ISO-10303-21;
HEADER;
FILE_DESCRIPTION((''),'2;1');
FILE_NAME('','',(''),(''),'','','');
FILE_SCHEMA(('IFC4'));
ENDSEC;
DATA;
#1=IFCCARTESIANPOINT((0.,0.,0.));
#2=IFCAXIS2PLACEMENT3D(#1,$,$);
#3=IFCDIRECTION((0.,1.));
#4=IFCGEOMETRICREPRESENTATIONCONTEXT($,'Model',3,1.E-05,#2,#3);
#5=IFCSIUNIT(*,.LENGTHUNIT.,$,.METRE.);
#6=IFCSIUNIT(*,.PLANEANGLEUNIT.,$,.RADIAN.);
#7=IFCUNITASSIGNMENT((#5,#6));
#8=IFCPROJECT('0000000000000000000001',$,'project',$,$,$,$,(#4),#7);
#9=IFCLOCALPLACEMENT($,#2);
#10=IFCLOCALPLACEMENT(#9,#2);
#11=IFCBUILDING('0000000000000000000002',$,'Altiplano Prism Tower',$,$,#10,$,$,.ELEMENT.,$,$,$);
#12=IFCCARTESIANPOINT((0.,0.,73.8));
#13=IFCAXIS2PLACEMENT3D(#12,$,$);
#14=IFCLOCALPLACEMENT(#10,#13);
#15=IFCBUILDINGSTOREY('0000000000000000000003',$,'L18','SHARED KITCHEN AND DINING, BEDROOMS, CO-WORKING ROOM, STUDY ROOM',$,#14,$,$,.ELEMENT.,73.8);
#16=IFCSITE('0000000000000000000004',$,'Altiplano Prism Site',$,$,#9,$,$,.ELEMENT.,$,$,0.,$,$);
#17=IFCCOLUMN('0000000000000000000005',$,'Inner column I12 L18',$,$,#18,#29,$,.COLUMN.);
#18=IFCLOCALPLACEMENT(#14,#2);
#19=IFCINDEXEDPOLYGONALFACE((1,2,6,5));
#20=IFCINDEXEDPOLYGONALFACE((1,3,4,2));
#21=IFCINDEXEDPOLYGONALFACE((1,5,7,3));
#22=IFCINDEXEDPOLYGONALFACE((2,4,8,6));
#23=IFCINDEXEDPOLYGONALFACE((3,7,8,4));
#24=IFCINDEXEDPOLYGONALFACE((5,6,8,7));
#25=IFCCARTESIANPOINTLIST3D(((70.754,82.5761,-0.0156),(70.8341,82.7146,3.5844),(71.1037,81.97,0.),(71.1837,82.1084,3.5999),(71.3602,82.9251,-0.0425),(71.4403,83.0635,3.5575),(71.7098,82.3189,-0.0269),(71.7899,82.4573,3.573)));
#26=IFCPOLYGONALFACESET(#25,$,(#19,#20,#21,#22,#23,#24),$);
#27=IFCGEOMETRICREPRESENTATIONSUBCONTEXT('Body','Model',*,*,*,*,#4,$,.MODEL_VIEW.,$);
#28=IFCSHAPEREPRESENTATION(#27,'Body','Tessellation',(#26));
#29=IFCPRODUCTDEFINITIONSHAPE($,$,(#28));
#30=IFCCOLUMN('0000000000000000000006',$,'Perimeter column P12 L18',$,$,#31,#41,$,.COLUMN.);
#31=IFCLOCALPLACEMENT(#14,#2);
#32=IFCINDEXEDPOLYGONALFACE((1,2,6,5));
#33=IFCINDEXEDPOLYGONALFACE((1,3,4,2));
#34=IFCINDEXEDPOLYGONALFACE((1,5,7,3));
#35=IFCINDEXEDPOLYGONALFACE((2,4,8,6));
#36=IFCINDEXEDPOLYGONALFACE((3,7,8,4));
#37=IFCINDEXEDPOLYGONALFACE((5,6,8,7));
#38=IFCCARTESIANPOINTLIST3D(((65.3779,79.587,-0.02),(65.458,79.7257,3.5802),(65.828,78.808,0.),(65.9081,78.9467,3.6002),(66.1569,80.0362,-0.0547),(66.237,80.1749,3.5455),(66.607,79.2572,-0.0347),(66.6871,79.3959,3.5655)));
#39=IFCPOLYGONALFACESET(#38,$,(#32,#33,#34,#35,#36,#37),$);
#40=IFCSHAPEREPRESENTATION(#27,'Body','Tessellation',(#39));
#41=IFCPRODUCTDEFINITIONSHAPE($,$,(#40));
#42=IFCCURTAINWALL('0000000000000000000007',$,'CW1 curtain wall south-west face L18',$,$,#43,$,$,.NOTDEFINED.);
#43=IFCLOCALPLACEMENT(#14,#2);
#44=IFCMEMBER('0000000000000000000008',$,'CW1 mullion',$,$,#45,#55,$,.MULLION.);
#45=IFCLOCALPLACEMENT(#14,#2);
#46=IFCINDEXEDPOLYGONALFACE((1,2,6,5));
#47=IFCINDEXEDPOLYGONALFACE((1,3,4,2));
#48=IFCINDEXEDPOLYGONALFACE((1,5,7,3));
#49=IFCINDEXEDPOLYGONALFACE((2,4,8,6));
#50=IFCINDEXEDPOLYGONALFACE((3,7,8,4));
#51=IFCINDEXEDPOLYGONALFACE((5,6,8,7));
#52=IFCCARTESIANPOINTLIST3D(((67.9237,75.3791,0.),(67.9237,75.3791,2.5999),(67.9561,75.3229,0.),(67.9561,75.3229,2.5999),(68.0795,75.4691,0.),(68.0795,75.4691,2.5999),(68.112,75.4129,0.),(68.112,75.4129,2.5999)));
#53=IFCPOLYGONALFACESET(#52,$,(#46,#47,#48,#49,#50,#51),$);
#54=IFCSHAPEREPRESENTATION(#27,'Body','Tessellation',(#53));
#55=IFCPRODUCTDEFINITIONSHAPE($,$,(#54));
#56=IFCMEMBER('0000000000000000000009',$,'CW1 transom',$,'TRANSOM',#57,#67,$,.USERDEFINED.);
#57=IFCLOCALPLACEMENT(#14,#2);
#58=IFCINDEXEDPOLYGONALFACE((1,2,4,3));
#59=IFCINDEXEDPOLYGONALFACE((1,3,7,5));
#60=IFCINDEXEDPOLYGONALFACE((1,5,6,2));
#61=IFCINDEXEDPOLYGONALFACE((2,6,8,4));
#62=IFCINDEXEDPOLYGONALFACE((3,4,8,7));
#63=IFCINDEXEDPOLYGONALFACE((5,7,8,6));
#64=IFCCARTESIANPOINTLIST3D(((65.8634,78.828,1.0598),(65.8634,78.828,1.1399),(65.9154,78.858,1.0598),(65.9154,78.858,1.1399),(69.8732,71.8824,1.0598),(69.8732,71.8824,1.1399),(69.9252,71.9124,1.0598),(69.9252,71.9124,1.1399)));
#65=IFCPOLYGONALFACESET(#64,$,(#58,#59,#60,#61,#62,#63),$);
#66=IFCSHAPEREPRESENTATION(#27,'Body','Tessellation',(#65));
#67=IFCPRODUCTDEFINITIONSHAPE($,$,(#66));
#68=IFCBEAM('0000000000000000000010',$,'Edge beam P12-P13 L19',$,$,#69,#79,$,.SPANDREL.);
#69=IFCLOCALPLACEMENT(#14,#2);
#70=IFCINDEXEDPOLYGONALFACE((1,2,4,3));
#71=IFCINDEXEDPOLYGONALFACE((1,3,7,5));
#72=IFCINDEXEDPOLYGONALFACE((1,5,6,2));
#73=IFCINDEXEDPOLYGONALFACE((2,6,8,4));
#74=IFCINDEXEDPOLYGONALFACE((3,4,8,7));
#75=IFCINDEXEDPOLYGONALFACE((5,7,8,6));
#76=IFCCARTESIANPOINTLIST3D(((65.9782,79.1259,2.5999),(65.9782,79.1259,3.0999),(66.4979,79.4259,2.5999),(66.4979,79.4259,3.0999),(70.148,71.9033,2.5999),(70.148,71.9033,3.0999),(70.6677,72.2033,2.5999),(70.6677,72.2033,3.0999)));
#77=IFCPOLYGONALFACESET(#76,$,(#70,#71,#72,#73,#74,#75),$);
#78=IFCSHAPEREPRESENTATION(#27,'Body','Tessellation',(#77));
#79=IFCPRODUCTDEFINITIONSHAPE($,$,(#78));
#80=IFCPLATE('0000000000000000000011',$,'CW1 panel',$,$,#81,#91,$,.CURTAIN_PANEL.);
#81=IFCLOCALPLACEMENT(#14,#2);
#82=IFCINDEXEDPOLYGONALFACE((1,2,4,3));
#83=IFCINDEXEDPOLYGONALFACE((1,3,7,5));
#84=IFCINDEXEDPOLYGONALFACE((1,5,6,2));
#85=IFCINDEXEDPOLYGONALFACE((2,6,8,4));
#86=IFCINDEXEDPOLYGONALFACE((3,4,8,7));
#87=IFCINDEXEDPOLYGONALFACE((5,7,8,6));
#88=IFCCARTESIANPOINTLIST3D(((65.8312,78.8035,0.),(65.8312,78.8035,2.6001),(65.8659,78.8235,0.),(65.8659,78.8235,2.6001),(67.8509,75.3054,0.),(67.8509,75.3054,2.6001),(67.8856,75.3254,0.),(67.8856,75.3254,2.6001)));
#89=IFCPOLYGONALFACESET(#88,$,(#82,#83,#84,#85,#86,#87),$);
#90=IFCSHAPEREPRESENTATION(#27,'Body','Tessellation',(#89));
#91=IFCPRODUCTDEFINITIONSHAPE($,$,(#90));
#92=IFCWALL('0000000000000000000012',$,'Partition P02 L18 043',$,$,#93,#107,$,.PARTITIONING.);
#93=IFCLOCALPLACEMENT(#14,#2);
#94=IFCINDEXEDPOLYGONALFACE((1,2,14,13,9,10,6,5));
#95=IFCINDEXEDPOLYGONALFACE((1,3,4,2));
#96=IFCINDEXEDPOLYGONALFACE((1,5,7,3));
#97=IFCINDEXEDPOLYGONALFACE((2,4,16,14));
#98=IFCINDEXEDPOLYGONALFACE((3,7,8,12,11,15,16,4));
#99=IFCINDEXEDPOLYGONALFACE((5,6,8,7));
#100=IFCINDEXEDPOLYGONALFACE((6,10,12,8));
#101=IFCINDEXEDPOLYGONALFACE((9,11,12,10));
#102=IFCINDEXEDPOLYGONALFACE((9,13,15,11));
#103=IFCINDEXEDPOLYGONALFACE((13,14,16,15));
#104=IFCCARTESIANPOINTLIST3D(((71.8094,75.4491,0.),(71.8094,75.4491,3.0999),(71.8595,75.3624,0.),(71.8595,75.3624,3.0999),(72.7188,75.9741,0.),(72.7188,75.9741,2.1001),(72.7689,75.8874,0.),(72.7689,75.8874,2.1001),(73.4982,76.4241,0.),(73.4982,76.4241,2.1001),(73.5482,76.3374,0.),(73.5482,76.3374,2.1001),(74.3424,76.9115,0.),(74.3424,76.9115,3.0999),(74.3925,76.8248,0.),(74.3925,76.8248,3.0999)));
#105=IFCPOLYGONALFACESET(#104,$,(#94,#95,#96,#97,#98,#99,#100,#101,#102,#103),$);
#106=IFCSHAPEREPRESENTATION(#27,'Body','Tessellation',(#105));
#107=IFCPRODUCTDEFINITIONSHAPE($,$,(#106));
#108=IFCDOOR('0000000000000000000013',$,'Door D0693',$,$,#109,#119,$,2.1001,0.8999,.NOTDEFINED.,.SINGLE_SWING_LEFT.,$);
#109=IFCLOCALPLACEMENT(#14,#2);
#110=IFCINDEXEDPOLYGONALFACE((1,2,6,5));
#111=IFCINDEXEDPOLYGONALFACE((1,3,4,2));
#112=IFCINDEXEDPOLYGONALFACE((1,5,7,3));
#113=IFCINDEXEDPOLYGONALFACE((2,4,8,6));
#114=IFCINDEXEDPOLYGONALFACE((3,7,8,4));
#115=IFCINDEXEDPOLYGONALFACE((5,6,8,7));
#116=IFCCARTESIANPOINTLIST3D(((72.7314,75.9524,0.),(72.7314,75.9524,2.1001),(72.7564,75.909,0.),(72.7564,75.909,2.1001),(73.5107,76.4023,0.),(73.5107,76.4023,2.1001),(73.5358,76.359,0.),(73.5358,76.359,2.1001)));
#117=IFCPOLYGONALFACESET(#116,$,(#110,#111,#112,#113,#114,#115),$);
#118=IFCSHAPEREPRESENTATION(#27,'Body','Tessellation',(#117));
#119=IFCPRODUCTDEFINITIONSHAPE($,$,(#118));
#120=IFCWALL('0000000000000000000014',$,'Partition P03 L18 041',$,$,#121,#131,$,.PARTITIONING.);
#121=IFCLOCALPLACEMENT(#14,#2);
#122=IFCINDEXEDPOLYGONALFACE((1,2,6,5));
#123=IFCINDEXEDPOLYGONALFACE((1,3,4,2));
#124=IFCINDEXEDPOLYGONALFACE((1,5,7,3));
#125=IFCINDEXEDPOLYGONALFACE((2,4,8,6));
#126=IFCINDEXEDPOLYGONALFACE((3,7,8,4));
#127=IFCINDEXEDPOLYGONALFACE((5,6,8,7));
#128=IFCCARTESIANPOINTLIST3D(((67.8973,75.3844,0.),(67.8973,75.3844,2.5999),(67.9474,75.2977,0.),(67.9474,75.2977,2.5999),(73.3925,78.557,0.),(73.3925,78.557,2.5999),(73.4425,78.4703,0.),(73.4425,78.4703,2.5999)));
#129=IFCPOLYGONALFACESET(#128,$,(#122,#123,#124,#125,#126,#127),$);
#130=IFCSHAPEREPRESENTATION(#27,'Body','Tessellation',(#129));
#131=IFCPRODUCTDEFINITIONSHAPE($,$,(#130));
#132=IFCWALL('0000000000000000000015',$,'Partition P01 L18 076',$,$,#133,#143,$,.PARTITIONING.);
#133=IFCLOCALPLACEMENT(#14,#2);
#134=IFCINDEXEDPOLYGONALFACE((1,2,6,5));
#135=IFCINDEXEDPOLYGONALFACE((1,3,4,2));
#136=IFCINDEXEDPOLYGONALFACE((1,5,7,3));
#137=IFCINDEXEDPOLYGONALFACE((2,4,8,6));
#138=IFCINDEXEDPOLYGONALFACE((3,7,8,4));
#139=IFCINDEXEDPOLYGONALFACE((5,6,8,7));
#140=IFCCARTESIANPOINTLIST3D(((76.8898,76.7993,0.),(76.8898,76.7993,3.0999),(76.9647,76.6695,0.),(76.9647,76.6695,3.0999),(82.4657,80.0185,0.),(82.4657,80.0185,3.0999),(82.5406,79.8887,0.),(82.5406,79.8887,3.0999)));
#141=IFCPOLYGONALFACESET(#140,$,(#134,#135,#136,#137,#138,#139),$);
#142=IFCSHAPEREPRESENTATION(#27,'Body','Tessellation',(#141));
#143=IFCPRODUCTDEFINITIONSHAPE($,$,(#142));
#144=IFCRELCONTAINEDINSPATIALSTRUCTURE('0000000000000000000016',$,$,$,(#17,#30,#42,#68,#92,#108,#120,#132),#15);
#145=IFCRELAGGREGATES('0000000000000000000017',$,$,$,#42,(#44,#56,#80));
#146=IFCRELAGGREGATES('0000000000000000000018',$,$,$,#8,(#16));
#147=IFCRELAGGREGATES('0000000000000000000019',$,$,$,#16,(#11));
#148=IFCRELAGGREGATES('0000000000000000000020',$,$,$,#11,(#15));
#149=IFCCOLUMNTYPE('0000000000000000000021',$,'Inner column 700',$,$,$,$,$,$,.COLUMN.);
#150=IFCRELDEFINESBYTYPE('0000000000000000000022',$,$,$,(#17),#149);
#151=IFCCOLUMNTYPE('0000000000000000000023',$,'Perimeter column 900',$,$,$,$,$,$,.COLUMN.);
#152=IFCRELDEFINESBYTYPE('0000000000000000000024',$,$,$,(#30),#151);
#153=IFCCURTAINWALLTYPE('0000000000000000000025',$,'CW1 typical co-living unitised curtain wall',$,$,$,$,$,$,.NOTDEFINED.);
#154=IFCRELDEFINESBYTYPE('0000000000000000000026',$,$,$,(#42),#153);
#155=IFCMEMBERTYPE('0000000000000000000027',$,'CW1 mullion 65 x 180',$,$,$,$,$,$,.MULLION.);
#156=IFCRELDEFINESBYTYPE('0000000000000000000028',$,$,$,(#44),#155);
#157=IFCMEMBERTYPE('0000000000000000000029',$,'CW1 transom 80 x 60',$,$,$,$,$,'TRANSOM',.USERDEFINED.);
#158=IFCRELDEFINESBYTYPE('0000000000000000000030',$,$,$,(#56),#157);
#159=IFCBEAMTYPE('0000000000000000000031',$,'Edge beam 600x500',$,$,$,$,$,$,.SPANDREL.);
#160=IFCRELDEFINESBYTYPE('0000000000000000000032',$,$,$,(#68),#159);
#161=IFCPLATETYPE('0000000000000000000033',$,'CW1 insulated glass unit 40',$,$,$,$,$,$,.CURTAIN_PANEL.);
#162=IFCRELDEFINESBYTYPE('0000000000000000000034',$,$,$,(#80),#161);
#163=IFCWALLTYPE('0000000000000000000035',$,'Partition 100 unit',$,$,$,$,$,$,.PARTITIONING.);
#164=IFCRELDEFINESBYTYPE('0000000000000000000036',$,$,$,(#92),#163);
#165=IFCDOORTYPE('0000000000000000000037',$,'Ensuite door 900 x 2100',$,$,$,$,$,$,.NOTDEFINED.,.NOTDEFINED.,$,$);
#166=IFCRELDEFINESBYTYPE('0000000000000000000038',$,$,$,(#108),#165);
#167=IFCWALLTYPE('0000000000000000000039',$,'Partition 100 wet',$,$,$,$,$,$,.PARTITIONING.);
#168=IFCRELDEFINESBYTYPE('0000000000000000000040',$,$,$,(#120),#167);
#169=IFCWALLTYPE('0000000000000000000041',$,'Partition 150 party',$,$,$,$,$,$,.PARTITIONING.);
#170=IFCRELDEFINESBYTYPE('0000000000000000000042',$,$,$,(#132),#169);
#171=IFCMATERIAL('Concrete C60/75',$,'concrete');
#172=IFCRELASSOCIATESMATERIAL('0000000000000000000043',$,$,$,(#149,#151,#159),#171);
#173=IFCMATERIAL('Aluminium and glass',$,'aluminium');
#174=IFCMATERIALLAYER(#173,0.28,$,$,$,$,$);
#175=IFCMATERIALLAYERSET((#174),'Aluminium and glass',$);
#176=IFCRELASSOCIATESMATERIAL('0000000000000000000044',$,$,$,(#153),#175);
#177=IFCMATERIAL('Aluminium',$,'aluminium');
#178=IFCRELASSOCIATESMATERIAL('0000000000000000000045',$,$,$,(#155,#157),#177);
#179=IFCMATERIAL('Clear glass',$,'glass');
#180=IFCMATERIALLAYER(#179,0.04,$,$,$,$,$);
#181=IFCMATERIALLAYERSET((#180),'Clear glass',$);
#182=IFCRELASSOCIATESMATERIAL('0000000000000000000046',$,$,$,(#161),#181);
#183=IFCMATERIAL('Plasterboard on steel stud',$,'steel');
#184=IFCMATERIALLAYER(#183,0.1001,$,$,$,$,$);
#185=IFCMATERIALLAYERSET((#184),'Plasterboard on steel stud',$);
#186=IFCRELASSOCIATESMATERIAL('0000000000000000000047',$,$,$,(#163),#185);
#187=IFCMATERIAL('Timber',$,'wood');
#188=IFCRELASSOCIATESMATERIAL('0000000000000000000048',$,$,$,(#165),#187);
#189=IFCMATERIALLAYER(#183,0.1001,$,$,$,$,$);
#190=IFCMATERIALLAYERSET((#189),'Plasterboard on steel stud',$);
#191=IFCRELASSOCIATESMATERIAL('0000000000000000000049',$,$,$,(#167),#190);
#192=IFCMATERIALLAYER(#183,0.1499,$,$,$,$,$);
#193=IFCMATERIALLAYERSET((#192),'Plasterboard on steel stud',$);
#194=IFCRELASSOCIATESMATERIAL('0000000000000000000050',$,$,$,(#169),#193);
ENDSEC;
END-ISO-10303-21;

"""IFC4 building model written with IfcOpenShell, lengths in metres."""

from ifc_helpers import new_model, si_unit, direction, frame, frame_2d, origin, origin_2d, place, context, subcontext, project, spatial, rectangle, extrude, material, layer, layer_set, material_profile, profile_set, type_object, element, fill, aggregate, save


model = new_model("IFC4")

# Units and contexts
model_context = context("Model", 3, precision=1e-05, world=origin(), true_north=direction((0.0, 1.0)))
body_context = subcontext(model_context, "Body", "Model", "MODEL_VIEW")
ifc_project = project(units=[si_unit("LENGTHUNIT", "METRE"), si_unit("PLANEANGLEUNIT", "RADIAN")], contexts=[model_context])

# Site, building, storey
site_placement = place(None, origin())
site = spatial("IfcSite", under=ifc_project, at=site_placement, Name="Altiplano Prism Site", CompositionType="ELEMENT", RefElevation=0.0)
building_placement = place(site_placement, origin())
building = spatial("IfcBuilding", under=site, at=building_placement, Name="Altiplano Prism Tower", CompositionType="ELEMENT")
storey_placement = place(building_placement, frame((0.0, 0.0, 73.8)))
storey = spatial("IfcBuildingStorey", under=building, at=storey_placement, Name="L18", Description="SHARED KITCHEN AND DINING, BEDROOMS, CO-WORKING ROOM, STUDY ROOM", CompositionType="ELEMENT", Elevation=73.8)

# Columns
ifc_material_1 = material(Name="Concrete C60/75", Category="concrete")
ifc_material_profile_1 = material_profile(ifc_material_1, rectangle(XDim=0.7, YDim=0.7, at=origin_2d()), Name="Inner column 700")
ifc_profile_set_1 = profile_set([ifc_material_profile_1], Name="Concrete C60/75")
column_type_1 = type_object("IfcColumnType", Name="Inner column 700", PredefinedType="COLUMN", material=ifc_profile_set_1)
column_1_placement = place(storey_placement, frame((71.2319, 82.4475, -0.0212), z_axis=(0.022223, 0.038416, 0.999015), x_axis=(-0.866021, -0.498528, 0.038435)))
element("IfcColumn", 1, at=column_1_placement, inside=storey, type_object=column_type_1, Name="Inner column I12 L18", PredefinedType="COLUMN", context=body_context, shape_type="SweptSolid", body=[
    extrude(rectangle(XDim=0.7, YDim=0.7, at=origin_2d()), origin(), (0.0, 0.0, 1.0), 3.6035),
])
ifc_material_profile_2 = material_profile(ifc_material_1, rectangle(XDim=0.8999, YDim=0.8999, at=origin_2d()), Name="Perimeter column 900")
ifc_profile_set_2 = profile_set([ifc_material_profile_2], Name="Concrete C60/75")
column_type_2 = type_object("IfcColumnType", Name="Perimeter column 900", PredefinedType="COLUMN", material=ifc_profile_set_2)
column_2_placement = place(storey_placement, frame((65.9924, 79.4221, -0.0273), z_axis=(0.022221, 0.038481, 0.999012), x_axis=(-0.865639, -0.499187, 0.038483)))
element("IfcColumn", 2, at=column_2_placement, inside=storey, type_object=column_type_2, Name="Perimeter column P12 L18", PredefinedType="COLUMN", context=body_context, shape_type="SweptSolid", body=[
    extrude(rectangle(XDim=0.8999, YDim=0.8999, at=origin_2d()), origin(), (0.0, 0.0, 1.0), 3.6038),
])

# Curtain wall, members
ifc_material_2 = material(Name="Aluminium and glass", Category="aluminium")
ifc_layer_1 = layer(ifc_material_2, 0.28)
ifc_layer_set_1 = layer_set([ifc_layer_1], Name="Aluminium and glass")
curtain_wall_type = type_object("IfcCurtainWallType", Name="CW1 typical co-living unitised curtain wall", PredefinedType="NOTDEFINED", material=ifc_layer_set_1)
curtain_wall_placement = place(storey_placement, origin())
curtain_wall = element("IfcCurtainWall", 3, at=curtain_wall_placement, inside=storey, type_object=curtain_wall_type, Name="CW1 curtain wall south-west face L18", PredefinedType="NOTDEFINED")
ifc_material_3 = material(Name="Aluminium", Category="aluminium")
ifc_material_profile_3 = material_profile(ifc_material_3, rectangle(XDim=0.1799, YDim=0.0649, at=origin_2d()), Name="CW1 mullion 65 x 180")
ifc_profile_set_3 = profile_set([ifc_material_profile_3], Name="Aluminium")
member_type_1 = type_object("IfcMemberType", Name="CW1 mullion 65 x 180", PredefinedType="MULLION", material=ifc_profile_set_3)
member_1_placement = place(storey_placement, frame((68.0178, 75.396, 0.0), z_axis=(0.0, 0.0, 1.0), x_axis=(0.866025, 0.5, 0.0)))
member_1 = element("IfcMember", 4, at=member_1_placement, type_object=member_type_1, Name="CW1 mullion", PredefinedType="MULLION", context=body_context, shape_type="SweptSolid", body=[
    extrude(rectangle(XDim=0.1799, YDim=0.0649, at=origin_2d()), origin(), (0.0, 0.0, 1.0), 2.5999),
])
ifc_material_profile_4 = material_profile(ifc_material_3, rectangle(XDim=0.0601, YDim=0.0801, at=origin_2d()), Name="CW1 transom 80 x 60")
ifc_profile_set_4 = profile_set([ifc_material_profile_4], Name="Aluminium")
member_type_2 = type_object("IfcMemberType", Name="CW1 transom 80 x 60", ElementType="TRANSOM", PredefinedType="USERDEFINED", material=ifc_profile_set_4)
member_2_placement = place(storey_placement, frame((65.8894, 78.843, 1.0999), z_axis=(0.499976, -0.866039, 0.0), x_axis=(0.866039, 0.499976, 0.0)))
member_2 = element("IfcMember", 5, at=member_2_placement, type_object=member_type_2, Name="CW1 transom", ObjectType="TRANSOM", PredefinedType="USERDEFINED", context=body_context, shape_type="SweptSolid", body=[
    extrude(rectangle(XDim=0.0601, YDim=0.0801, at=origin_2d()), origin(), (0.0, 0.0, 1.0), 8.02),
])

# Beam
ifc_material_profile_5 = material_profile(ifc_material_1, rectangle(XDim=0.6001, YDim=0.5, at=origin_2d()), Name="Edge beam 600x500")
ifc_profile_set_5 = profile_set([ifc_material_profile_5], Name="Concrete C60/75")
beam_type = type_object("IfcBeamType", Name="Edge beam 600x500", PredefinedType="SPANDREL", material=ifc_profile_set_5)
beam_placement = place(storey_placement, frame((66.238, 79.2759, 2.8499), z_axis=(0.499993, -0.86603, 0.0), x_axis=(0.86603, 0.499993, 0.0)))
element("IfcBeam", 6, at=beam_placement, inside=storey, type_object=beam_type, Name="Edge beam P12-P13 L19", PredefinedType="SPANDREL", context=body_context, shape_type="SweptSolid", body=[
    extrude(rectangle(XDim=0.6001, YDim=0.5, at=origin_2d()), origin(), (0.0, 0.0, 1.0), 8.3398),
])

# Plate
ifc_material_4 = material(Name="Clear glass", Category="glass")
ifc_layer_2 = layer(ifc_material_4, 0.04)
ifc_layer_set_2 = layer_set([ifc_layer_2], Name="Clear glass")
plate_type = type_object("IfcPlateType", Name="CW1 insulated glass unit 40", PredefinedType="CURTAIN_PANEL", material=ifc_layer_set_2)
plate_placement = place(storey_placement, frame((66.8584, 77.0645, 0.0), z_axis=(0.0, 0.0, 1.0), x_axis=(0.5, -0.866025, 0.0)))
plate = element("IfcPlate", 7, at=plate_placement, type_object=plate_type, Name="CW1 panel", PredefinedType="CURTAIN_PANEL", context=body_context, shape_type="SweptSolid", body=[
    extrude(rectangle(XDim=4.0393, YDim=0.04, at=origin_2d()), origin(), (0.0, 0.0, 1.0), 2.6001),
])
aggregate(curtain_wall, [member_1, member_2, plate])

# Wall, opening, door
ifc_material_5 = material(Name="Plasterboard on steel stud", Category="steel")
ifc_layer_3 = layer(ifc_material_5, 0.1001)
ifc_layer_set_3 = layer_set([ifc_layer_3], Name="Plasterboard on steel stud")
wall_type_1 = type_object("IfcWallType", Name="Partition 100 unit", PredefinedType="PARTITIONING", material=ifc_layer_set_3)
wall_1_placement = place(storey_placement, frame((71.8345, 75.4058, 0.0), z_axis=(0.0, 0.0, 1.0), x_axis=(0.866026, 0.499999, 0.0)))
wall_1 = element("IfcWall", 8, at=wall_1_placement, inside=storey, type_object=wall_type_1, Name="Partition P02 L18 043", PredefinedType="PARTITIONING", context=body_context, shape_type="SweptSolid", body=[
    extrude(rectangle(XDim=2.9248, YDim=0.1001, at=frame_2d((1.4624, 0.0))), origin(), (0.0, 0.0, 1.0), 3.0999),
])
opening_placement = place(wall_1_placement, frame((1.05, 0.0, 0.0)))
opening = element("IfcOpeningElement", 9, at=opening_placement, cuts=wall_1, PredefinedType="OPENING", context=body_context, shape_type="SweptSolid", body=[
    extrude(rectangle(XDim=0.8999, YDim=2.1001, at=frame_2d((0.45, 1.05))), frame((0.0, 0.0605, 0.0), z_axis=(0.0, -1.0, 0.0), x_axis=(1.0, 0.0, 0.0)), (0.0, 0.0, 1.0), 0.1211),
])
ifc_material_6 = material(Name="Timber", Category="wood")
door_type = type_object("IfcDoorType", Name="Ensuite door 900 x 2100", OperationType="NOTDEFINED", PredefinedType="NOTDEFINED", material=ifc_material_6)
door_placement = place(opening_placement, origin())
door = element("IfcDoor", 10, at=door_placement, inside=storey, type_object=door_type, Name="Door D0693", OperationType="SINGLE_SWING_LEFT", OverallHeight=2.1001, OverallWidth=0.8999, PredefinedType="NOTDEFINED", context=body_context, shape_type="SweptSolid", body=[
    extrude(rectangle(XDim=0.8999, YDim=2.1001, at=frame_2d((0.45, 1.05))), frame((0.0, 0.0249, 0.0), z_axis=(0.0, -1.0, 0.0), x_axis=(1.0, 0.0, 0.0)), (0.0, 0.0, 1.0), 0.05),
])
fill(opening, door)

# Walls
ifc_layer_4 = layer(ifc_material_5, 0.1001)
ifc_layer_set_4 = layer_set([ifc_layer_4], Name="Plasterboard on steel stud")
wall_type_2 = type_object("IfcWallType", Name="Partition 100 wet", PredefinedType="PARTITIONING", material=ifc_layer_set_4)
wall_2_placement = place(storey_placement, frame((67.9224, 75.3411, 0.0), z_axis=(0.0, 0.0, 1.0), x_axis=(0.866025, 0.5, 0.0)))
element("IfcWall", 11, at=wall_2_placement, inside=storey, type_object=wall_type_2, Name="Partition P03 L18 041", PredefinedType="PARTITIONING", context=body_context, shape_type="SweptSolid", body=[
    extrude(rectangle(XDim=6.3452, YDim=0.1001, at=frame_2d((3.1726, 0.0))), origin(), (0.0, 0.0, 1.0), 2.5999),
])
ifc_layer_5 = layer(ifc_material_5, 0.1499)
ifc_layer_set_5 = layer_set([ifc_layer_5], Name="Plasterboard on steel stud")
wall_type_3 = type_object("IfcWallType", Name="Partition 150 party", PredefinedType="PARTITIONING", material=ifc_layer_set_5)
wall_3_placement = place(storey_placement, frame((76.9272, 76.7344, 0.0), z_axis=(0.0, 0.0, 1.0), x_axis=(0.866027, 0.499997, 0.0)))
element("IfcWall", 12, at=wall_3_placement, inside=storey, type_object=wall_type_3, Name="Partition P01 L18 076", PredefinedType="PARTITIONING", context=body_context, shape_type="SweptSolid", body=[
    extrude(rectangle(XDim=6.4385, YDim=0.1499, at=frame_2d((3.2192, 0.0))), origin(), (0.0, 0.0, 1.0), 3.0999),
])

save(model, "model.ifc")
